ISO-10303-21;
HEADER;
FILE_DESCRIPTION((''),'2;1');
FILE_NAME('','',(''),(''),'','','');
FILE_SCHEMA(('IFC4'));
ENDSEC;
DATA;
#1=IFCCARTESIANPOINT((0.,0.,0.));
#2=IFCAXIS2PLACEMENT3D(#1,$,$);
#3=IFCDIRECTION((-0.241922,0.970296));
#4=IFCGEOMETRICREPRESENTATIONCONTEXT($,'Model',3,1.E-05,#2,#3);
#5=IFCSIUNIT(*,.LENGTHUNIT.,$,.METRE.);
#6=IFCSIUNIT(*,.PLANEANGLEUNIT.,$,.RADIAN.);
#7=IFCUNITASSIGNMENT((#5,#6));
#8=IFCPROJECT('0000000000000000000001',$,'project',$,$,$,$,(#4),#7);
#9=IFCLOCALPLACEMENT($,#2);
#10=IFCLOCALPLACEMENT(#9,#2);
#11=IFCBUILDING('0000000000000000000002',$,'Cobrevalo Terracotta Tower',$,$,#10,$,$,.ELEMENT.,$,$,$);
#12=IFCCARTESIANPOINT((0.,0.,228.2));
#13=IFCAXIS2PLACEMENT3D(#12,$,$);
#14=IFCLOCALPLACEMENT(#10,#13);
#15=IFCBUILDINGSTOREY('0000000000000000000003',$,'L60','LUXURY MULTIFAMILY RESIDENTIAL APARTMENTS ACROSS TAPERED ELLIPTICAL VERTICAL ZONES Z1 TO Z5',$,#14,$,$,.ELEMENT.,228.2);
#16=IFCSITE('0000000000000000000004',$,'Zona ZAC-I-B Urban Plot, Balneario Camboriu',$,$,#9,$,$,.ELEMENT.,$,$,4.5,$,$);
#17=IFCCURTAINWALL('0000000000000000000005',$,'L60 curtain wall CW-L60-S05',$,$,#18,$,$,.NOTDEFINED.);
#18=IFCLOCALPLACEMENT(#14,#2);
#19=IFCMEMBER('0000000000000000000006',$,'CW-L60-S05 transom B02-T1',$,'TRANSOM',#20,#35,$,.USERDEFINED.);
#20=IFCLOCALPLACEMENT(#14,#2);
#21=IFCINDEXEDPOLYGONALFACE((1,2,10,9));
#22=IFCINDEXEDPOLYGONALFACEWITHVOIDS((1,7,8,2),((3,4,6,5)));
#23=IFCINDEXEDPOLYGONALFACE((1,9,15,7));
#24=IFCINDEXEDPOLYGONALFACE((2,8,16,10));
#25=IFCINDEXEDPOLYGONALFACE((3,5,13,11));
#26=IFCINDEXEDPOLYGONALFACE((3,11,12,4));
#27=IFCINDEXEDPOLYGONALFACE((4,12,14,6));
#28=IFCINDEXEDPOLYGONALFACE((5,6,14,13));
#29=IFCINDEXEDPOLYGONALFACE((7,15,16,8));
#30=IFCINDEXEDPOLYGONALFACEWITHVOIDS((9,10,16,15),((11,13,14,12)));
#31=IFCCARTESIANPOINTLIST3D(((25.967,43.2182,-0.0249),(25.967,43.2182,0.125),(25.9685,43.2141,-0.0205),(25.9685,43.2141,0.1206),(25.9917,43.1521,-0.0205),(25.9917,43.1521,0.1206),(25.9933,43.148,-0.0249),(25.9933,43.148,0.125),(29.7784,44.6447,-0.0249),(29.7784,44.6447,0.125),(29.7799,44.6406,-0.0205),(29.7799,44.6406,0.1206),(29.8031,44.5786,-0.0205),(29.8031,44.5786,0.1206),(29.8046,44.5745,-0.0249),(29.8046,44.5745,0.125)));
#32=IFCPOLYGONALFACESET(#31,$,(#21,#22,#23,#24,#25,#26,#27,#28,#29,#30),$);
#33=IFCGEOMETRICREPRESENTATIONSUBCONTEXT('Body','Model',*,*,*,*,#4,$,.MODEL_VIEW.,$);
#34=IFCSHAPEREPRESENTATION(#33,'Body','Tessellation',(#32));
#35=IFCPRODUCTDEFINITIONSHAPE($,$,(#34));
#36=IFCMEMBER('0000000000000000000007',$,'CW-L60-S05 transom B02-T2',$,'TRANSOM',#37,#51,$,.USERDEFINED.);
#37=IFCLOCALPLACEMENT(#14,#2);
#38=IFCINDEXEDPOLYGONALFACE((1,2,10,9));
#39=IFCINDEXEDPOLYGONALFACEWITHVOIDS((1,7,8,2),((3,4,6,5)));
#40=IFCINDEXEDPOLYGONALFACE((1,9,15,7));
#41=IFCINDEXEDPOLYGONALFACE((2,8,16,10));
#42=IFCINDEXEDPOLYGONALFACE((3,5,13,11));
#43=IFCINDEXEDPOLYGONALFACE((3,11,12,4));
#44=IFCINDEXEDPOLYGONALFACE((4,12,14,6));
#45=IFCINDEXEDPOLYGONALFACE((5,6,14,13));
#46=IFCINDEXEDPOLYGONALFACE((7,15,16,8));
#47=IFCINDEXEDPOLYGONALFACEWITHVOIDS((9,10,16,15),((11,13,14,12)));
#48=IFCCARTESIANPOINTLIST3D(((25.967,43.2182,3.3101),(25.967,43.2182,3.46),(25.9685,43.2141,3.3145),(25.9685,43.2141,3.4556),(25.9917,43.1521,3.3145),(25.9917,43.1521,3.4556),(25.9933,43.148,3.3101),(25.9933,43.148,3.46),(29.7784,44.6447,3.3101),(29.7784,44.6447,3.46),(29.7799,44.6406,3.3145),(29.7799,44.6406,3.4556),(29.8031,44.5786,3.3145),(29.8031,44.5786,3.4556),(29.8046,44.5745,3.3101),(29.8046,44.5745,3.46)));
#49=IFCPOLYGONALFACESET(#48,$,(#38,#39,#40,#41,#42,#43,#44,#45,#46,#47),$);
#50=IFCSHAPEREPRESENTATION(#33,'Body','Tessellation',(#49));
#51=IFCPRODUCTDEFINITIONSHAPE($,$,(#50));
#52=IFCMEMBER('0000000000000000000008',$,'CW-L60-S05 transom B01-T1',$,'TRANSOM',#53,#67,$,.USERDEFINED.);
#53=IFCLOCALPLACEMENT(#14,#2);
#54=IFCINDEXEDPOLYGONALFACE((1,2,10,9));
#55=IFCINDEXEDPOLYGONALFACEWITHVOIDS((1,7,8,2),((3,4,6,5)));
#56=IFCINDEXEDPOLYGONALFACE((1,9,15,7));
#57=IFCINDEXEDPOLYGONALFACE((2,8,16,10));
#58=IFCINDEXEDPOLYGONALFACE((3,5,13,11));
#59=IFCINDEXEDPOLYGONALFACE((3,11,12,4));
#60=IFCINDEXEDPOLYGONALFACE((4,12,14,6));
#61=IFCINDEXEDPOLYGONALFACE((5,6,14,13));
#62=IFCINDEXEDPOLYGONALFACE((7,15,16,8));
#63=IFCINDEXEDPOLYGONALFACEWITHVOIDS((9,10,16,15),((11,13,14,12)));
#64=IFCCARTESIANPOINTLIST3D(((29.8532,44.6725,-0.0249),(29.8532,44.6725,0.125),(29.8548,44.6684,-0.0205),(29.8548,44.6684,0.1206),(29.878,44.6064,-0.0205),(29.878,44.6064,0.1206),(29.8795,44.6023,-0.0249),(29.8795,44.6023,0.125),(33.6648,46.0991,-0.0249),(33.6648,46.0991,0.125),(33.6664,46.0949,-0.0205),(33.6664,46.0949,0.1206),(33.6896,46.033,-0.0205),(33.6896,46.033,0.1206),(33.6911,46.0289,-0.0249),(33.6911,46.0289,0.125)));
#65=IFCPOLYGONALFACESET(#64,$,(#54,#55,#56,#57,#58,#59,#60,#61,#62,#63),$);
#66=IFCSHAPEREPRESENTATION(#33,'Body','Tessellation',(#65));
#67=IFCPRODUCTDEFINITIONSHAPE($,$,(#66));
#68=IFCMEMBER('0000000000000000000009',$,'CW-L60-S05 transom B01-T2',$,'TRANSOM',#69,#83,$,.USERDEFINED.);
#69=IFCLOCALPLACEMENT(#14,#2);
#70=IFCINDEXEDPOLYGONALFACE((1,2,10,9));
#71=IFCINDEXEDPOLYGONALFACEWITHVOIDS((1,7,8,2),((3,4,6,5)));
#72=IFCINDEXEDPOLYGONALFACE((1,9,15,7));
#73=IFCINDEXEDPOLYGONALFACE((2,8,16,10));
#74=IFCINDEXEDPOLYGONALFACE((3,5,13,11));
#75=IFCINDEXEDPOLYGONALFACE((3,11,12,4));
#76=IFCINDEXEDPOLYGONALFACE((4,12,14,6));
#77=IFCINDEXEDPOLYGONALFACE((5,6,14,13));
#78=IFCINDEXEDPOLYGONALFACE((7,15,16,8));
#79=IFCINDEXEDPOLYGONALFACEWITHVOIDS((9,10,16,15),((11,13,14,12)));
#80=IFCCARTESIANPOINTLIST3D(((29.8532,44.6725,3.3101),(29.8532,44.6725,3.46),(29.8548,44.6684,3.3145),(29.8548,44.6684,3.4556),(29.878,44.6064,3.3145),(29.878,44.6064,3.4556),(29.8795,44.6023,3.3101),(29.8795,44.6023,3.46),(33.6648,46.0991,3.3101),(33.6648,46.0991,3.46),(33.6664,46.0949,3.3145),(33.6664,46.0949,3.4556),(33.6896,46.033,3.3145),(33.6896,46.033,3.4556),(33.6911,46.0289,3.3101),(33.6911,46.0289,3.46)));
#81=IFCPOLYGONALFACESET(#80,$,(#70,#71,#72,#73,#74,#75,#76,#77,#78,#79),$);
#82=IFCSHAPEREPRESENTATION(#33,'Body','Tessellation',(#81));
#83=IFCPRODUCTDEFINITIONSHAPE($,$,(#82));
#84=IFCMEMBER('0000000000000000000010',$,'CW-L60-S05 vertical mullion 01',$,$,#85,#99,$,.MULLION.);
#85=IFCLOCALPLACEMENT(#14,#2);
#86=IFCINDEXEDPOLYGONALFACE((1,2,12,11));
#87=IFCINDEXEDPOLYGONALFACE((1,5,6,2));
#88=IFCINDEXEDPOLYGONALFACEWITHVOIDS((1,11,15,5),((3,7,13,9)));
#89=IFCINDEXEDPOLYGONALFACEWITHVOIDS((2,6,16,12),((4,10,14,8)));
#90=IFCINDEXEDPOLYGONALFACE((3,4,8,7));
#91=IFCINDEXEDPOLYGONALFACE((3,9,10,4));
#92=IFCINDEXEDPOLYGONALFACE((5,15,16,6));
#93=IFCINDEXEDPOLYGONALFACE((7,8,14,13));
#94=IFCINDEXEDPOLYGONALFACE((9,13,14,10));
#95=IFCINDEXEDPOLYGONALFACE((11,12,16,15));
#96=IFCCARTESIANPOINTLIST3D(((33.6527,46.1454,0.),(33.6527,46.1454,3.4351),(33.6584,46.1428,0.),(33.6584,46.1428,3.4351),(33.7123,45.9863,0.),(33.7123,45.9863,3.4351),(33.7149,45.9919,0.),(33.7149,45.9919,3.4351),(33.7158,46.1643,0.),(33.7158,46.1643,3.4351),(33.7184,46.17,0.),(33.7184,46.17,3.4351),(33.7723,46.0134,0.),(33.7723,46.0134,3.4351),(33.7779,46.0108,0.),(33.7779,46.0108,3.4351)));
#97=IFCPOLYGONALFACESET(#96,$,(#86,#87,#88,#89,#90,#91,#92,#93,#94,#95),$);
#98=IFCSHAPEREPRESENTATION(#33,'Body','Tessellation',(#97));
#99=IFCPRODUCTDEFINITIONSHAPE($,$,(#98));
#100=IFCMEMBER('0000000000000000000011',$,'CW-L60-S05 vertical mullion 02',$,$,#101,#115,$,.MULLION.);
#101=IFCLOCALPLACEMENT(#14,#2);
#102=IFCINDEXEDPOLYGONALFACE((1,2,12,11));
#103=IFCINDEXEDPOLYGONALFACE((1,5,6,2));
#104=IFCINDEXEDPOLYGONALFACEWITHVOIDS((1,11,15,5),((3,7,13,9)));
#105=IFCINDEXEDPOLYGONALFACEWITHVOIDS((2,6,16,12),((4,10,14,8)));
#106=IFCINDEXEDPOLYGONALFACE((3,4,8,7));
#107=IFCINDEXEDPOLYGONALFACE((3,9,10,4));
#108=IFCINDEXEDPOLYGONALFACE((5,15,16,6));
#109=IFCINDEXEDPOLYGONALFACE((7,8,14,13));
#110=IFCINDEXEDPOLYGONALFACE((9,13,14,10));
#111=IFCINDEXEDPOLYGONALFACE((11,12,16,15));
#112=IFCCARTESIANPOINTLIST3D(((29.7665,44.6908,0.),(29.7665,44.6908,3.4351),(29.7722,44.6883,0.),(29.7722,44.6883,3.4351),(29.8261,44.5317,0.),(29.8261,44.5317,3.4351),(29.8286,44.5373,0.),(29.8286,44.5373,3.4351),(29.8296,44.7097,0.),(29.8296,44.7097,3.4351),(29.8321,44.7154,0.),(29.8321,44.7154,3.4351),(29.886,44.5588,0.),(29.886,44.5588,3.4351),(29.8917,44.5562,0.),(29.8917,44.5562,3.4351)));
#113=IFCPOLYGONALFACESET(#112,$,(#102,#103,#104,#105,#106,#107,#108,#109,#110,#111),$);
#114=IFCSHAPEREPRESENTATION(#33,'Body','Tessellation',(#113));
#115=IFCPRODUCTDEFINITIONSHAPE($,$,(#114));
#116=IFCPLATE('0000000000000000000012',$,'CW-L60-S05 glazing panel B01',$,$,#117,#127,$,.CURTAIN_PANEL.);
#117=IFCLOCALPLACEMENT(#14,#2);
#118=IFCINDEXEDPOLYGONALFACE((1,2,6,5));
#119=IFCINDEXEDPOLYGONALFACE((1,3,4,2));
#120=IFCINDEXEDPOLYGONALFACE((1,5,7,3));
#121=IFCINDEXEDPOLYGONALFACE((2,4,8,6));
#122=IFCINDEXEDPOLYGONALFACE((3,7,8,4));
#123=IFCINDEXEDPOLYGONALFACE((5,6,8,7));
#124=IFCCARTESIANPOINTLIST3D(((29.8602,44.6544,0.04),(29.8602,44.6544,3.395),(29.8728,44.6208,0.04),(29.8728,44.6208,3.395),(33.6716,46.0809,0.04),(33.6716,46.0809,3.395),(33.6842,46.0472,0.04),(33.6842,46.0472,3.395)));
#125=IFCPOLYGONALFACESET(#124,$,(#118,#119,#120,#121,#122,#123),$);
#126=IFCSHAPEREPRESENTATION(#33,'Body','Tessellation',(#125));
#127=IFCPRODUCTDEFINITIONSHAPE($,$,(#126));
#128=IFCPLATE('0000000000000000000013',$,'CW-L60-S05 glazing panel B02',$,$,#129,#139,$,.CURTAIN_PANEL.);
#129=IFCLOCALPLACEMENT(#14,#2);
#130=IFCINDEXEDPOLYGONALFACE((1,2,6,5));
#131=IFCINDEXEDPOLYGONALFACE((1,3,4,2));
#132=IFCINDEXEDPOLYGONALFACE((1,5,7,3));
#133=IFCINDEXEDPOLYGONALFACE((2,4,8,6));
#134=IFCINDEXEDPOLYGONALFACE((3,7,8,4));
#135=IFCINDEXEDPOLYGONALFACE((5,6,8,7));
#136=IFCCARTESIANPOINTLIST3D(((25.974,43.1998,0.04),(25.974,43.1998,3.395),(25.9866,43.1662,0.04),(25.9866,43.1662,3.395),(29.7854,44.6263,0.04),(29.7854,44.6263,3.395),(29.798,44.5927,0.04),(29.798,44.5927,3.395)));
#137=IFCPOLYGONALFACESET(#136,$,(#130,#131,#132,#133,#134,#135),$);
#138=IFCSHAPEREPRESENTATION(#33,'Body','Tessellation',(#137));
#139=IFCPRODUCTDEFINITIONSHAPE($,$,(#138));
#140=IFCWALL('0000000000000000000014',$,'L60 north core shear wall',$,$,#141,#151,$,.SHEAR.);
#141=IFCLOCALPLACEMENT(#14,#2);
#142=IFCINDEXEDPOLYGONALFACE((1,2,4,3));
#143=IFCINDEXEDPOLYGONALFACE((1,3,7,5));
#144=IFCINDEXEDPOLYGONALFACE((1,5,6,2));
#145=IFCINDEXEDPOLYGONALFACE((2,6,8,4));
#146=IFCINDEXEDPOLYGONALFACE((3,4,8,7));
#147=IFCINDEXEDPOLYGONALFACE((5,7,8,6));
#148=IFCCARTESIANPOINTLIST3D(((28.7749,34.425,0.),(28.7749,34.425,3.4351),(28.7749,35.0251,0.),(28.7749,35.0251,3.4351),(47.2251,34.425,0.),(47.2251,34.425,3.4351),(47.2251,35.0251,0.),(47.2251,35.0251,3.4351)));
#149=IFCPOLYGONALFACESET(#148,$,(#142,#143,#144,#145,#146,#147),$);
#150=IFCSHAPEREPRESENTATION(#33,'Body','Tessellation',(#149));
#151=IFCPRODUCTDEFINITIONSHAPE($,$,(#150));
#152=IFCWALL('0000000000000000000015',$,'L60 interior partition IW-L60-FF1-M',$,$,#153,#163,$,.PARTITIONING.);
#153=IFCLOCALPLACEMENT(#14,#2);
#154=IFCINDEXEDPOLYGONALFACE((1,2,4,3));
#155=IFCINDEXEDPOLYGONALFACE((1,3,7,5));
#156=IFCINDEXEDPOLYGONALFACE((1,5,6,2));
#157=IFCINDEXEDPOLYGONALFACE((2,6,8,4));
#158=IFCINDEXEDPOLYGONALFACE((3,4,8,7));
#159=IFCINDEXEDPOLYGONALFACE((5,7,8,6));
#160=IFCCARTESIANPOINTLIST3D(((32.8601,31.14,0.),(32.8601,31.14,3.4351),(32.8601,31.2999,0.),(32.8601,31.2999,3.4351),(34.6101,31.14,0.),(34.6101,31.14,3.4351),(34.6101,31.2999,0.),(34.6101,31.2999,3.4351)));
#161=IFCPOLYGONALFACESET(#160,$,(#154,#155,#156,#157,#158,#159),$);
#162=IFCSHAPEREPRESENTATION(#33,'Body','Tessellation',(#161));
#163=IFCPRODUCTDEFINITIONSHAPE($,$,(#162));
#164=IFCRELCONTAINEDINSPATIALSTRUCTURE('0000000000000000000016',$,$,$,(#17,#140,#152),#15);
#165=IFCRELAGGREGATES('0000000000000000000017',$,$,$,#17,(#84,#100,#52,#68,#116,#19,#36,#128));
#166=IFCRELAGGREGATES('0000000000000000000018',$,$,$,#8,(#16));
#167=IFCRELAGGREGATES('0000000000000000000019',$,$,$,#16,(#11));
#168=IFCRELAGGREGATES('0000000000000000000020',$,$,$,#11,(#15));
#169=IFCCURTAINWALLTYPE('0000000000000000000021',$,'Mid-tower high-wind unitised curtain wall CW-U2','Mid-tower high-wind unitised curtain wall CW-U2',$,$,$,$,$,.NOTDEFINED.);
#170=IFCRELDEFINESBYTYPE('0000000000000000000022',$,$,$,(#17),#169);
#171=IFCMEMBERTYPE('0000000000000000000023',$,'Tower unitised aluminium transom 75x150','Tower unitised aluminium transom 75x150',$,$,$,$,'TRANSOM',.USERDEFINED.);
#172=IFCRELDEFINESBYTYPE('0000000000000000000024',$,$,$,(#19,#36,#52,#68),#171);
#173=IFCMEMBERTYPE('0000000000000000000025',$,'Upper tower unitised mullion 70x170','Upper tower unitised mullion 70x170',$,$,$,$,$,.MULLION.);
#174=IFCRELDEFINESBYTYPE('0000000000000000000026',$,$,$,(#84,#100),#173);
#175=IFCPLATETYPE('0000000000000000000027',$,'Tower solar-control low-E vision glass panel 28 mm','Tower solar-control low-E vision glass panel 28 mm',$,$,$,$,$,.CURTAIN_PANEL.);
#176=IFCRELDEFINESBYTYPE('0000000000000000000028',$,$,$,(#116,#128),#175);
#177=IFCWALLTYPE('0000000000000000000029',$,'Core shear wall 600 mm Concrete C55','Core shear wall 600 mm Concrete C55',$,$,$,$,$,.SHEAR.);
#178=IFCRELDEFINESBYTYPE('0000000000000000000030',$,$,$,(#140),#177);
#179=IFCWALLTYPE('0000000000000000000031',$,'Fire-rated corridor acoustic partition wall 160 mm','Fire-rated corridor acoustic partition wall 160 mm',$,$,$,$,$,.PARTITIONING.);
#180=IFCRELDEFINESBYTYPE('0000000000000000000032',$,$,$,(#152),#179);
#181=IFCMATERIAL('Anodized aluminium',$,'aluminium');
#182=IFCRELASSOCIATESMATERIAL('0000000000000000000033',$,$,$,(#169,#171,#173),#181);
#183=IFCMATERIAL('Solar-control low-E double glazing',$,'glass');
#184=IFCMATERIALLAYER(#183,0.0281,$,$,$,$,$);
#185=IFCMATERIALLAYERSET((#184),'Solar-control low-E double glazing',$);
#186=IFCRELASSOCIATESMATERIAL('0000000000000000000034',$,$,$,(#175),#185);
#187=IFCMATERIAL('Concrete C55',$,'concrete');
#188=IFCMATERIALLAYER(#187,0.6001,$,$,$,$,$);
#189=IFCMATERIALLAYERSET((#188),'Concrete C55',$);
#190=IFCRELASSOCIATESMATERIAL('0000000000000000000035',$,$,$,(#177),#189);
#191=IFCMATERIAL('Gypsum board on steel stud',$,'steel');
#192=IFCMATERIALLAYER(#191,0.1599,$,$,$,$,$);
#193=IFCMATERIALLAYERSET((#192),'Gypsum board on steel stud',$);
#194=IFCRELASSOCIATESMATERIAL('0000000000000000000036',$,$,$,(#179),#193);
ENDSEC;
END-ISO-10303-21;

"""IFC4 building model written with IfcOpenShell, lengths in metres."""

from ifc_helpers import new_model, si_unit, direction, frame, frame_2d, origin, origin_2d, place, context, subcontext, project, spatial, rectangle, hollow_rectangle, extrude, source, transform, mapped, material, layer, layer_set, material_profile, profile_set, type_object, element, aggregate, save


model = new_model("IFC4")

# Units and contexts
model_context = context("Model", 3, precision=1e-05, world=origin(), true_north=direction((-0.241922, 0.970296)))
body_context = subcontext(model_context, "Body", "Model", "MODEL_VIEW")
ifc_project = project(units=[si_unit("LENGTHUNIT", "METRE"), si_unit("PLANEANGLEUNIT", "RADIAN")], contexts=[model_context])

# Site, building, storey
site_placement = place(None, origin())
site = spatial("IfcSite", under=ifc_project, at=site_placement, Name="Zona ZAC-I-B Urban Plot, Balneario Camboriu", CompositionType="ELEMENT", RefElevation=4.5)
building_placement = place(site_placement, origin())
building = spatial("IfcBuilding", under=site, at=building_placement, Name="Cobrevalo Terracotta Tower", CompositionType="ELEMENT")
storey_placement = place(building_placement, frame((0.0, 0.0, 228.2)))
storey = spatial("IfcBuildingStorey", under=building, at=storey_placement, Name="L60", Description="LUXURY MULTIFAMILY RESIDENTIAL APARTMENTS ACROSS TAPERED ELLIPTICAL VERTICAL ZONES Z1 TO Z5", CompositionType="ELEMENT", Elevation=228.2)

# Curtain wall, members, plates
ifc_material_1 = material(Name="Anodized aluminium", Category="aluminium")
curtain_wall_type = type_object("IfcCurtainWallType", Name="Mid-tower high-wind unitised curtain wall CW-U2", Description="Mid-tower high-wind unitised curtain wall CW-U2", PredefinedType="NOTDEFINED", material=ifc_material_1)
curtain_wall_placement = place(storey_placement, origin())
curtain_wall = element("IfcCurtainWall", 1, at=curtain_wall_placement, inside=storey, type_object=curtain_wall_type, Name="L60 curtain wall CW-L60-S05", PredefinedType="NOTDEFINED")
ifc_material_profile_1 = material_profile(ifc_material_1, hollow_rectangle(XDim=0.075, YDim=0.1499, WallThickness=0.0044, at=origin_2d()), Name="CWT 75x150")
ifc_profile_set_1 = profile_set([ifc_material_profile_1], Name="Anodized aluminium")
member_type_1 = type_object("IfcMemberType", Name="Tower unitised aluminium transom 75x150", Description="Tower unitised aluminium transom 75x150", ElementType="TRANSOM", PredefinedType="USERDEFINED", material=ifc_profile_set_1)
shared_shape_1 = source(origin(), body_context, "Body", "SweptSolid", [
    extrude(hollow_rectangle(XDim=0.075, YDim=0.1499, WallThickness=0.0044, at=origin_2d()), origin(), (0.0, 0.0, 1.0), 4.0696),
])
member_1_placement = place(storey_placement, frame((29.7915, 44.6096, 0.05), z_axis=(-0.936548, -0.350538, 0.0), x_axis=(0.350538, -0.936548, 0.0)))
member_1 = element("IfcMember", 2, at=member_1_placement, type_object=member_type_1, Name="CW-L60-S05 transom B02-T1", ObjectType="TRANSOM", PredefinedType="USERDEFINED", context=body_context, shape_type="MappedRepresentation", body=[
    mapped(shared_shape_1, transform((0.0, 0.0, 0.0), scale=1.0)),
])
member_2_placement = place(storey_placement, frame((29.7915, 44.6096, 3.385), z_axis=(-0.936548, -0.350538, 0.0), x_axis=(0.350538, -0.936548, 0.0)))
member_2 = element("IfcMember", 3, at=member_2_placement, type_object=member_type_1, Name="CW-L60-S05 transom B02-T2", ObjectType="TRANSOM", PredefinedType="USERDEFINED", context=body_context, shape_type="MappedRepresentation", body=[
    mapped(shared_shape_1, transform((0.0, 0.0, 0.0), scale=1.0)),
])
shared_shape_2 = source(origin(), body_context, "Body", "SweptSolid", [
    extrude(hollow_rectangle(XDim=0.075, YDim=0.1499, WallThickness=0.0044, at=origin_2d()), origin(), (0.0, 0.0, 1.0), 4.0698),
])
member_3_placement = place(storey_placement, frame((33.678, 46.064, 0.05), z_axis=(-0.936556, -0.350519, 0.0), x_axis=(0.350519, -0.936556, 0.0)))
member_3 = element("IfcMember", 4, at=member_3_placement, type_object=member_type_1, Name="CW-L60-S05 transom B01-T1", ObjectType="TRANSOM", PredefinedType="USERDEFINED", context=body_context, shape_type="MappedRepresentation", body=[
    mapped(shared_shape_2, transform((0.0, 0.0, 0.0), scale=1.0)),
])
member_4_placement = place(storey_placement, frame((33.678, 46.064, 3.385), z_axis=(-0.936556, -0.350519, 0.0), x_axis=(0.350519, -0.936556, 0.0)))
member_4 = element("IfcMember", 5, at=member_4_placement, type_object=member_type_1, Name="CW-L60-S05 transom B01-T2", ObjectType="TRANSOM", PredefinedType="USERDEFINED", context=body_context, shape_type="MappedRepresentation", body=[
    mapped(shared_shape_2, transform((0.0, 0.0, 0.0), scale=1.0)),
])
ifc_material_profile_2 = material_profile(ifc_material_1, hollow_rectangle(XDim=0.0701, YDim=0.1699, WallThickness=0.0044, at=origin_2d()), Name="CWM 70x170")
ifc_profile_set_2 = profile_set([ifc_material_profile_2], Name="Anodized aluminium")
member_type_2 = type_object("IfcMemberType", Name="Upper tower unitised mullion 70x170", Description="Upper tower unitised mullion 70x170", PredefinedType="MULLION", material=ifc_profile_set_2)
shared_shape_3 = source(origin(), body_context, "Body", "SweptSolid", [
    extrude(hollow_rectangle(XDim=0.0701, YDim=0.1699, WallThickness=0.0044, at=origin_2d()), origin(), (0.0, 0.0, 1.0), 3.4351),
])
member_5_placement = place(storey_placement, frame((33.7153, 46.0781, 0.0), z_axis=(0.0, 0.0, 1.0), x_axis=(-0.936556, -0.350518, 0.0)))
member_5 = element("IfcMember", 6, at=member_5_placement, type_object=member_type_2, Name="CW-L60-S05 vertical mullion 01", PredefinedType="MULLION", context=body_context, shape_type="MappedRepresentation", body=[
    mapped(shared_shape_3, transform((0.0, 0.0, 0.0), scale=1.0)),
])
member_6_placement = place(storey_placement, frame((29.8291, 44.6235, 0.0), z_axis=(0.0, 0.0, 1.0), x_axis=(-0.936556, -0.350518, 0.0)))
member_6 = element("IfcMember", 7, at=member_6_placement, type_object=member_type_2, Name="CW-L60-S05 vertical mullion 02", PredefinedType="MULLION", context=body_context, shape_type="MappedRepresentation", body=[
    mapped(shared_shape_3, transform((0.0, 0.0, 0.0), scale=1.0)),
])
ifc_material_2 = material(Name="Solar-control low-E double glazing", Category="glass")
ifc_layer_1 = layer(ifc_material_2, 0.0281)
ifc_layer_set_1 = layer_set([ifc_layer_1], Name="Solar-control low-E double glazing")
plate_type = type_object("IfcPlateType", Name="Tower solar-control low-E vision glass panel 28 mm", Description="Tower solar-control low-E vision glass panel 28 mm", PredefinedType="CURTAIN_PANEL", material=ifc_layer_set_1)
shared_shape_4 = source(origin(), body_context, "Body", "SweptSolid", [
    extrude(rectangle(XDim=4.0696, YDim=0.0359, at=origin_2d()), origin(), (0.0, 0.0, 1.0), 3.355),
])
plate_1_placement = place(storey_placement, frame((31.7722, 45.3508, 0.04), z_axis=(0.0, 0.0, 1.0), x_axis=(-0.936558, -0.350513, 0.0)))
plate_1 = element("IfcPlate", 8, at=plate_1_placement, type_object=plate_type, Name="CW-L60-S05 glazing panel B01", PredefinedType="CURTAIN_PANEL", context=body_context, shape_type="MappedRepresentation", body=[
    mapped(shared_shape_4, transform((0.0, 0.0, 0.0), scale=1.0)),
])
plate_2_placement = place(storey_placement, frame((27.886, 43.8962, 0.04), z_axis=(0.0, 0.0, 1.0), x_axis=(-0.936558, -0.350513, 0.0)))
plate_2 = element("IfcPlate", 9, at=plate_2_placement, type_object=plate_type, Name="CW-L60-S05 glazing panel B02", PredefinedType="CURTAIN_PANEL", context=body_context, shape_type="MappedRepresentation", body=[
    mapped(shared_shape_4, transform((0.0, 0.0, 0.0), scale=1.0)),
])
aggregate(curtain_wall, [member_5, member_6, member_3, member_4, plate_1, member_1, member_2, plate_2])

# Walls
ifc_material_3 = material(Name="Concrete C55", Category="concrete")
ifc_layer_2 = layer(ifc_material_3, 0.6001)
ifc_layer_set_2 = layer_set([ifc_layer_2], Name="Concrete C55")
wall_type_1 = type_object("IfcWallType", Name="Core shear wall 600 mm Concrete C55", Description="Core shear wall 600 mm Concrete C55", PredefinedType="SHEAR", material=ifc_layer_set_2)
wall_1_placement = place(storey_placement, frame((28.7749, 34.7251, 0.0), z_axis=(0.0, 0.0, 1.0), x_axis=(1.0, 0.0, 0.0)))
element("IfcWall", 10, at=wall_1_placement, inside=storey, type_object=wall_type_1, Name="L60 north core shear wall", PredefinedType="SHEAR", context=body_context, shape_type="SweptSolid", body=[
    extrude(rectangle(XDim=18.4502, YDim=0.6001, at=frame_2d((9.2251, 0.0))), origin(), (0.0, 0.0, 1.0), 3.4351),
])
ifc_material_4 = material(Name="Gypsum board on steel stud", Category="steel")
ifc_layer_3 = layer(ifc_material_4, 0.1599)
ifc_layer_set_3 = layer_set([ifc_layer_3], Name="Gypsum board on steel stud")
wall_type_2 = type_object("IfcWallType", Name="Fire-rated corridor acoustic partition wall 160 mm", Description="Fire-rated corridor acoustic partition wall 160 mm", PredefinedType="PARTITIONING", material=ifc_layer_set_3)
wall_2_placement = place(storey_placement, frame((32.8601, 31.22, 0.0), z_axis=(0.0, 0.0, 1.0), x_axis=(1.0, 0.0, 0.0)))
element("IfcWall", 11, at=wall_2_placement, inside=storey, type_object=wall_type_2, Name="L60 interior partition IW-L60-FF1-M", PredefinedType="PARTITIONING", context=body_context, shape_type="SweptSolid", body=[
    extrude(rectangle(XDim=1.75, YDim=0.1599, at=frame_2d((0.875, 0.0))), origin(), (0.0, 0.0, 1.0), 3.4351),
])

save(model, "model.ifc")
